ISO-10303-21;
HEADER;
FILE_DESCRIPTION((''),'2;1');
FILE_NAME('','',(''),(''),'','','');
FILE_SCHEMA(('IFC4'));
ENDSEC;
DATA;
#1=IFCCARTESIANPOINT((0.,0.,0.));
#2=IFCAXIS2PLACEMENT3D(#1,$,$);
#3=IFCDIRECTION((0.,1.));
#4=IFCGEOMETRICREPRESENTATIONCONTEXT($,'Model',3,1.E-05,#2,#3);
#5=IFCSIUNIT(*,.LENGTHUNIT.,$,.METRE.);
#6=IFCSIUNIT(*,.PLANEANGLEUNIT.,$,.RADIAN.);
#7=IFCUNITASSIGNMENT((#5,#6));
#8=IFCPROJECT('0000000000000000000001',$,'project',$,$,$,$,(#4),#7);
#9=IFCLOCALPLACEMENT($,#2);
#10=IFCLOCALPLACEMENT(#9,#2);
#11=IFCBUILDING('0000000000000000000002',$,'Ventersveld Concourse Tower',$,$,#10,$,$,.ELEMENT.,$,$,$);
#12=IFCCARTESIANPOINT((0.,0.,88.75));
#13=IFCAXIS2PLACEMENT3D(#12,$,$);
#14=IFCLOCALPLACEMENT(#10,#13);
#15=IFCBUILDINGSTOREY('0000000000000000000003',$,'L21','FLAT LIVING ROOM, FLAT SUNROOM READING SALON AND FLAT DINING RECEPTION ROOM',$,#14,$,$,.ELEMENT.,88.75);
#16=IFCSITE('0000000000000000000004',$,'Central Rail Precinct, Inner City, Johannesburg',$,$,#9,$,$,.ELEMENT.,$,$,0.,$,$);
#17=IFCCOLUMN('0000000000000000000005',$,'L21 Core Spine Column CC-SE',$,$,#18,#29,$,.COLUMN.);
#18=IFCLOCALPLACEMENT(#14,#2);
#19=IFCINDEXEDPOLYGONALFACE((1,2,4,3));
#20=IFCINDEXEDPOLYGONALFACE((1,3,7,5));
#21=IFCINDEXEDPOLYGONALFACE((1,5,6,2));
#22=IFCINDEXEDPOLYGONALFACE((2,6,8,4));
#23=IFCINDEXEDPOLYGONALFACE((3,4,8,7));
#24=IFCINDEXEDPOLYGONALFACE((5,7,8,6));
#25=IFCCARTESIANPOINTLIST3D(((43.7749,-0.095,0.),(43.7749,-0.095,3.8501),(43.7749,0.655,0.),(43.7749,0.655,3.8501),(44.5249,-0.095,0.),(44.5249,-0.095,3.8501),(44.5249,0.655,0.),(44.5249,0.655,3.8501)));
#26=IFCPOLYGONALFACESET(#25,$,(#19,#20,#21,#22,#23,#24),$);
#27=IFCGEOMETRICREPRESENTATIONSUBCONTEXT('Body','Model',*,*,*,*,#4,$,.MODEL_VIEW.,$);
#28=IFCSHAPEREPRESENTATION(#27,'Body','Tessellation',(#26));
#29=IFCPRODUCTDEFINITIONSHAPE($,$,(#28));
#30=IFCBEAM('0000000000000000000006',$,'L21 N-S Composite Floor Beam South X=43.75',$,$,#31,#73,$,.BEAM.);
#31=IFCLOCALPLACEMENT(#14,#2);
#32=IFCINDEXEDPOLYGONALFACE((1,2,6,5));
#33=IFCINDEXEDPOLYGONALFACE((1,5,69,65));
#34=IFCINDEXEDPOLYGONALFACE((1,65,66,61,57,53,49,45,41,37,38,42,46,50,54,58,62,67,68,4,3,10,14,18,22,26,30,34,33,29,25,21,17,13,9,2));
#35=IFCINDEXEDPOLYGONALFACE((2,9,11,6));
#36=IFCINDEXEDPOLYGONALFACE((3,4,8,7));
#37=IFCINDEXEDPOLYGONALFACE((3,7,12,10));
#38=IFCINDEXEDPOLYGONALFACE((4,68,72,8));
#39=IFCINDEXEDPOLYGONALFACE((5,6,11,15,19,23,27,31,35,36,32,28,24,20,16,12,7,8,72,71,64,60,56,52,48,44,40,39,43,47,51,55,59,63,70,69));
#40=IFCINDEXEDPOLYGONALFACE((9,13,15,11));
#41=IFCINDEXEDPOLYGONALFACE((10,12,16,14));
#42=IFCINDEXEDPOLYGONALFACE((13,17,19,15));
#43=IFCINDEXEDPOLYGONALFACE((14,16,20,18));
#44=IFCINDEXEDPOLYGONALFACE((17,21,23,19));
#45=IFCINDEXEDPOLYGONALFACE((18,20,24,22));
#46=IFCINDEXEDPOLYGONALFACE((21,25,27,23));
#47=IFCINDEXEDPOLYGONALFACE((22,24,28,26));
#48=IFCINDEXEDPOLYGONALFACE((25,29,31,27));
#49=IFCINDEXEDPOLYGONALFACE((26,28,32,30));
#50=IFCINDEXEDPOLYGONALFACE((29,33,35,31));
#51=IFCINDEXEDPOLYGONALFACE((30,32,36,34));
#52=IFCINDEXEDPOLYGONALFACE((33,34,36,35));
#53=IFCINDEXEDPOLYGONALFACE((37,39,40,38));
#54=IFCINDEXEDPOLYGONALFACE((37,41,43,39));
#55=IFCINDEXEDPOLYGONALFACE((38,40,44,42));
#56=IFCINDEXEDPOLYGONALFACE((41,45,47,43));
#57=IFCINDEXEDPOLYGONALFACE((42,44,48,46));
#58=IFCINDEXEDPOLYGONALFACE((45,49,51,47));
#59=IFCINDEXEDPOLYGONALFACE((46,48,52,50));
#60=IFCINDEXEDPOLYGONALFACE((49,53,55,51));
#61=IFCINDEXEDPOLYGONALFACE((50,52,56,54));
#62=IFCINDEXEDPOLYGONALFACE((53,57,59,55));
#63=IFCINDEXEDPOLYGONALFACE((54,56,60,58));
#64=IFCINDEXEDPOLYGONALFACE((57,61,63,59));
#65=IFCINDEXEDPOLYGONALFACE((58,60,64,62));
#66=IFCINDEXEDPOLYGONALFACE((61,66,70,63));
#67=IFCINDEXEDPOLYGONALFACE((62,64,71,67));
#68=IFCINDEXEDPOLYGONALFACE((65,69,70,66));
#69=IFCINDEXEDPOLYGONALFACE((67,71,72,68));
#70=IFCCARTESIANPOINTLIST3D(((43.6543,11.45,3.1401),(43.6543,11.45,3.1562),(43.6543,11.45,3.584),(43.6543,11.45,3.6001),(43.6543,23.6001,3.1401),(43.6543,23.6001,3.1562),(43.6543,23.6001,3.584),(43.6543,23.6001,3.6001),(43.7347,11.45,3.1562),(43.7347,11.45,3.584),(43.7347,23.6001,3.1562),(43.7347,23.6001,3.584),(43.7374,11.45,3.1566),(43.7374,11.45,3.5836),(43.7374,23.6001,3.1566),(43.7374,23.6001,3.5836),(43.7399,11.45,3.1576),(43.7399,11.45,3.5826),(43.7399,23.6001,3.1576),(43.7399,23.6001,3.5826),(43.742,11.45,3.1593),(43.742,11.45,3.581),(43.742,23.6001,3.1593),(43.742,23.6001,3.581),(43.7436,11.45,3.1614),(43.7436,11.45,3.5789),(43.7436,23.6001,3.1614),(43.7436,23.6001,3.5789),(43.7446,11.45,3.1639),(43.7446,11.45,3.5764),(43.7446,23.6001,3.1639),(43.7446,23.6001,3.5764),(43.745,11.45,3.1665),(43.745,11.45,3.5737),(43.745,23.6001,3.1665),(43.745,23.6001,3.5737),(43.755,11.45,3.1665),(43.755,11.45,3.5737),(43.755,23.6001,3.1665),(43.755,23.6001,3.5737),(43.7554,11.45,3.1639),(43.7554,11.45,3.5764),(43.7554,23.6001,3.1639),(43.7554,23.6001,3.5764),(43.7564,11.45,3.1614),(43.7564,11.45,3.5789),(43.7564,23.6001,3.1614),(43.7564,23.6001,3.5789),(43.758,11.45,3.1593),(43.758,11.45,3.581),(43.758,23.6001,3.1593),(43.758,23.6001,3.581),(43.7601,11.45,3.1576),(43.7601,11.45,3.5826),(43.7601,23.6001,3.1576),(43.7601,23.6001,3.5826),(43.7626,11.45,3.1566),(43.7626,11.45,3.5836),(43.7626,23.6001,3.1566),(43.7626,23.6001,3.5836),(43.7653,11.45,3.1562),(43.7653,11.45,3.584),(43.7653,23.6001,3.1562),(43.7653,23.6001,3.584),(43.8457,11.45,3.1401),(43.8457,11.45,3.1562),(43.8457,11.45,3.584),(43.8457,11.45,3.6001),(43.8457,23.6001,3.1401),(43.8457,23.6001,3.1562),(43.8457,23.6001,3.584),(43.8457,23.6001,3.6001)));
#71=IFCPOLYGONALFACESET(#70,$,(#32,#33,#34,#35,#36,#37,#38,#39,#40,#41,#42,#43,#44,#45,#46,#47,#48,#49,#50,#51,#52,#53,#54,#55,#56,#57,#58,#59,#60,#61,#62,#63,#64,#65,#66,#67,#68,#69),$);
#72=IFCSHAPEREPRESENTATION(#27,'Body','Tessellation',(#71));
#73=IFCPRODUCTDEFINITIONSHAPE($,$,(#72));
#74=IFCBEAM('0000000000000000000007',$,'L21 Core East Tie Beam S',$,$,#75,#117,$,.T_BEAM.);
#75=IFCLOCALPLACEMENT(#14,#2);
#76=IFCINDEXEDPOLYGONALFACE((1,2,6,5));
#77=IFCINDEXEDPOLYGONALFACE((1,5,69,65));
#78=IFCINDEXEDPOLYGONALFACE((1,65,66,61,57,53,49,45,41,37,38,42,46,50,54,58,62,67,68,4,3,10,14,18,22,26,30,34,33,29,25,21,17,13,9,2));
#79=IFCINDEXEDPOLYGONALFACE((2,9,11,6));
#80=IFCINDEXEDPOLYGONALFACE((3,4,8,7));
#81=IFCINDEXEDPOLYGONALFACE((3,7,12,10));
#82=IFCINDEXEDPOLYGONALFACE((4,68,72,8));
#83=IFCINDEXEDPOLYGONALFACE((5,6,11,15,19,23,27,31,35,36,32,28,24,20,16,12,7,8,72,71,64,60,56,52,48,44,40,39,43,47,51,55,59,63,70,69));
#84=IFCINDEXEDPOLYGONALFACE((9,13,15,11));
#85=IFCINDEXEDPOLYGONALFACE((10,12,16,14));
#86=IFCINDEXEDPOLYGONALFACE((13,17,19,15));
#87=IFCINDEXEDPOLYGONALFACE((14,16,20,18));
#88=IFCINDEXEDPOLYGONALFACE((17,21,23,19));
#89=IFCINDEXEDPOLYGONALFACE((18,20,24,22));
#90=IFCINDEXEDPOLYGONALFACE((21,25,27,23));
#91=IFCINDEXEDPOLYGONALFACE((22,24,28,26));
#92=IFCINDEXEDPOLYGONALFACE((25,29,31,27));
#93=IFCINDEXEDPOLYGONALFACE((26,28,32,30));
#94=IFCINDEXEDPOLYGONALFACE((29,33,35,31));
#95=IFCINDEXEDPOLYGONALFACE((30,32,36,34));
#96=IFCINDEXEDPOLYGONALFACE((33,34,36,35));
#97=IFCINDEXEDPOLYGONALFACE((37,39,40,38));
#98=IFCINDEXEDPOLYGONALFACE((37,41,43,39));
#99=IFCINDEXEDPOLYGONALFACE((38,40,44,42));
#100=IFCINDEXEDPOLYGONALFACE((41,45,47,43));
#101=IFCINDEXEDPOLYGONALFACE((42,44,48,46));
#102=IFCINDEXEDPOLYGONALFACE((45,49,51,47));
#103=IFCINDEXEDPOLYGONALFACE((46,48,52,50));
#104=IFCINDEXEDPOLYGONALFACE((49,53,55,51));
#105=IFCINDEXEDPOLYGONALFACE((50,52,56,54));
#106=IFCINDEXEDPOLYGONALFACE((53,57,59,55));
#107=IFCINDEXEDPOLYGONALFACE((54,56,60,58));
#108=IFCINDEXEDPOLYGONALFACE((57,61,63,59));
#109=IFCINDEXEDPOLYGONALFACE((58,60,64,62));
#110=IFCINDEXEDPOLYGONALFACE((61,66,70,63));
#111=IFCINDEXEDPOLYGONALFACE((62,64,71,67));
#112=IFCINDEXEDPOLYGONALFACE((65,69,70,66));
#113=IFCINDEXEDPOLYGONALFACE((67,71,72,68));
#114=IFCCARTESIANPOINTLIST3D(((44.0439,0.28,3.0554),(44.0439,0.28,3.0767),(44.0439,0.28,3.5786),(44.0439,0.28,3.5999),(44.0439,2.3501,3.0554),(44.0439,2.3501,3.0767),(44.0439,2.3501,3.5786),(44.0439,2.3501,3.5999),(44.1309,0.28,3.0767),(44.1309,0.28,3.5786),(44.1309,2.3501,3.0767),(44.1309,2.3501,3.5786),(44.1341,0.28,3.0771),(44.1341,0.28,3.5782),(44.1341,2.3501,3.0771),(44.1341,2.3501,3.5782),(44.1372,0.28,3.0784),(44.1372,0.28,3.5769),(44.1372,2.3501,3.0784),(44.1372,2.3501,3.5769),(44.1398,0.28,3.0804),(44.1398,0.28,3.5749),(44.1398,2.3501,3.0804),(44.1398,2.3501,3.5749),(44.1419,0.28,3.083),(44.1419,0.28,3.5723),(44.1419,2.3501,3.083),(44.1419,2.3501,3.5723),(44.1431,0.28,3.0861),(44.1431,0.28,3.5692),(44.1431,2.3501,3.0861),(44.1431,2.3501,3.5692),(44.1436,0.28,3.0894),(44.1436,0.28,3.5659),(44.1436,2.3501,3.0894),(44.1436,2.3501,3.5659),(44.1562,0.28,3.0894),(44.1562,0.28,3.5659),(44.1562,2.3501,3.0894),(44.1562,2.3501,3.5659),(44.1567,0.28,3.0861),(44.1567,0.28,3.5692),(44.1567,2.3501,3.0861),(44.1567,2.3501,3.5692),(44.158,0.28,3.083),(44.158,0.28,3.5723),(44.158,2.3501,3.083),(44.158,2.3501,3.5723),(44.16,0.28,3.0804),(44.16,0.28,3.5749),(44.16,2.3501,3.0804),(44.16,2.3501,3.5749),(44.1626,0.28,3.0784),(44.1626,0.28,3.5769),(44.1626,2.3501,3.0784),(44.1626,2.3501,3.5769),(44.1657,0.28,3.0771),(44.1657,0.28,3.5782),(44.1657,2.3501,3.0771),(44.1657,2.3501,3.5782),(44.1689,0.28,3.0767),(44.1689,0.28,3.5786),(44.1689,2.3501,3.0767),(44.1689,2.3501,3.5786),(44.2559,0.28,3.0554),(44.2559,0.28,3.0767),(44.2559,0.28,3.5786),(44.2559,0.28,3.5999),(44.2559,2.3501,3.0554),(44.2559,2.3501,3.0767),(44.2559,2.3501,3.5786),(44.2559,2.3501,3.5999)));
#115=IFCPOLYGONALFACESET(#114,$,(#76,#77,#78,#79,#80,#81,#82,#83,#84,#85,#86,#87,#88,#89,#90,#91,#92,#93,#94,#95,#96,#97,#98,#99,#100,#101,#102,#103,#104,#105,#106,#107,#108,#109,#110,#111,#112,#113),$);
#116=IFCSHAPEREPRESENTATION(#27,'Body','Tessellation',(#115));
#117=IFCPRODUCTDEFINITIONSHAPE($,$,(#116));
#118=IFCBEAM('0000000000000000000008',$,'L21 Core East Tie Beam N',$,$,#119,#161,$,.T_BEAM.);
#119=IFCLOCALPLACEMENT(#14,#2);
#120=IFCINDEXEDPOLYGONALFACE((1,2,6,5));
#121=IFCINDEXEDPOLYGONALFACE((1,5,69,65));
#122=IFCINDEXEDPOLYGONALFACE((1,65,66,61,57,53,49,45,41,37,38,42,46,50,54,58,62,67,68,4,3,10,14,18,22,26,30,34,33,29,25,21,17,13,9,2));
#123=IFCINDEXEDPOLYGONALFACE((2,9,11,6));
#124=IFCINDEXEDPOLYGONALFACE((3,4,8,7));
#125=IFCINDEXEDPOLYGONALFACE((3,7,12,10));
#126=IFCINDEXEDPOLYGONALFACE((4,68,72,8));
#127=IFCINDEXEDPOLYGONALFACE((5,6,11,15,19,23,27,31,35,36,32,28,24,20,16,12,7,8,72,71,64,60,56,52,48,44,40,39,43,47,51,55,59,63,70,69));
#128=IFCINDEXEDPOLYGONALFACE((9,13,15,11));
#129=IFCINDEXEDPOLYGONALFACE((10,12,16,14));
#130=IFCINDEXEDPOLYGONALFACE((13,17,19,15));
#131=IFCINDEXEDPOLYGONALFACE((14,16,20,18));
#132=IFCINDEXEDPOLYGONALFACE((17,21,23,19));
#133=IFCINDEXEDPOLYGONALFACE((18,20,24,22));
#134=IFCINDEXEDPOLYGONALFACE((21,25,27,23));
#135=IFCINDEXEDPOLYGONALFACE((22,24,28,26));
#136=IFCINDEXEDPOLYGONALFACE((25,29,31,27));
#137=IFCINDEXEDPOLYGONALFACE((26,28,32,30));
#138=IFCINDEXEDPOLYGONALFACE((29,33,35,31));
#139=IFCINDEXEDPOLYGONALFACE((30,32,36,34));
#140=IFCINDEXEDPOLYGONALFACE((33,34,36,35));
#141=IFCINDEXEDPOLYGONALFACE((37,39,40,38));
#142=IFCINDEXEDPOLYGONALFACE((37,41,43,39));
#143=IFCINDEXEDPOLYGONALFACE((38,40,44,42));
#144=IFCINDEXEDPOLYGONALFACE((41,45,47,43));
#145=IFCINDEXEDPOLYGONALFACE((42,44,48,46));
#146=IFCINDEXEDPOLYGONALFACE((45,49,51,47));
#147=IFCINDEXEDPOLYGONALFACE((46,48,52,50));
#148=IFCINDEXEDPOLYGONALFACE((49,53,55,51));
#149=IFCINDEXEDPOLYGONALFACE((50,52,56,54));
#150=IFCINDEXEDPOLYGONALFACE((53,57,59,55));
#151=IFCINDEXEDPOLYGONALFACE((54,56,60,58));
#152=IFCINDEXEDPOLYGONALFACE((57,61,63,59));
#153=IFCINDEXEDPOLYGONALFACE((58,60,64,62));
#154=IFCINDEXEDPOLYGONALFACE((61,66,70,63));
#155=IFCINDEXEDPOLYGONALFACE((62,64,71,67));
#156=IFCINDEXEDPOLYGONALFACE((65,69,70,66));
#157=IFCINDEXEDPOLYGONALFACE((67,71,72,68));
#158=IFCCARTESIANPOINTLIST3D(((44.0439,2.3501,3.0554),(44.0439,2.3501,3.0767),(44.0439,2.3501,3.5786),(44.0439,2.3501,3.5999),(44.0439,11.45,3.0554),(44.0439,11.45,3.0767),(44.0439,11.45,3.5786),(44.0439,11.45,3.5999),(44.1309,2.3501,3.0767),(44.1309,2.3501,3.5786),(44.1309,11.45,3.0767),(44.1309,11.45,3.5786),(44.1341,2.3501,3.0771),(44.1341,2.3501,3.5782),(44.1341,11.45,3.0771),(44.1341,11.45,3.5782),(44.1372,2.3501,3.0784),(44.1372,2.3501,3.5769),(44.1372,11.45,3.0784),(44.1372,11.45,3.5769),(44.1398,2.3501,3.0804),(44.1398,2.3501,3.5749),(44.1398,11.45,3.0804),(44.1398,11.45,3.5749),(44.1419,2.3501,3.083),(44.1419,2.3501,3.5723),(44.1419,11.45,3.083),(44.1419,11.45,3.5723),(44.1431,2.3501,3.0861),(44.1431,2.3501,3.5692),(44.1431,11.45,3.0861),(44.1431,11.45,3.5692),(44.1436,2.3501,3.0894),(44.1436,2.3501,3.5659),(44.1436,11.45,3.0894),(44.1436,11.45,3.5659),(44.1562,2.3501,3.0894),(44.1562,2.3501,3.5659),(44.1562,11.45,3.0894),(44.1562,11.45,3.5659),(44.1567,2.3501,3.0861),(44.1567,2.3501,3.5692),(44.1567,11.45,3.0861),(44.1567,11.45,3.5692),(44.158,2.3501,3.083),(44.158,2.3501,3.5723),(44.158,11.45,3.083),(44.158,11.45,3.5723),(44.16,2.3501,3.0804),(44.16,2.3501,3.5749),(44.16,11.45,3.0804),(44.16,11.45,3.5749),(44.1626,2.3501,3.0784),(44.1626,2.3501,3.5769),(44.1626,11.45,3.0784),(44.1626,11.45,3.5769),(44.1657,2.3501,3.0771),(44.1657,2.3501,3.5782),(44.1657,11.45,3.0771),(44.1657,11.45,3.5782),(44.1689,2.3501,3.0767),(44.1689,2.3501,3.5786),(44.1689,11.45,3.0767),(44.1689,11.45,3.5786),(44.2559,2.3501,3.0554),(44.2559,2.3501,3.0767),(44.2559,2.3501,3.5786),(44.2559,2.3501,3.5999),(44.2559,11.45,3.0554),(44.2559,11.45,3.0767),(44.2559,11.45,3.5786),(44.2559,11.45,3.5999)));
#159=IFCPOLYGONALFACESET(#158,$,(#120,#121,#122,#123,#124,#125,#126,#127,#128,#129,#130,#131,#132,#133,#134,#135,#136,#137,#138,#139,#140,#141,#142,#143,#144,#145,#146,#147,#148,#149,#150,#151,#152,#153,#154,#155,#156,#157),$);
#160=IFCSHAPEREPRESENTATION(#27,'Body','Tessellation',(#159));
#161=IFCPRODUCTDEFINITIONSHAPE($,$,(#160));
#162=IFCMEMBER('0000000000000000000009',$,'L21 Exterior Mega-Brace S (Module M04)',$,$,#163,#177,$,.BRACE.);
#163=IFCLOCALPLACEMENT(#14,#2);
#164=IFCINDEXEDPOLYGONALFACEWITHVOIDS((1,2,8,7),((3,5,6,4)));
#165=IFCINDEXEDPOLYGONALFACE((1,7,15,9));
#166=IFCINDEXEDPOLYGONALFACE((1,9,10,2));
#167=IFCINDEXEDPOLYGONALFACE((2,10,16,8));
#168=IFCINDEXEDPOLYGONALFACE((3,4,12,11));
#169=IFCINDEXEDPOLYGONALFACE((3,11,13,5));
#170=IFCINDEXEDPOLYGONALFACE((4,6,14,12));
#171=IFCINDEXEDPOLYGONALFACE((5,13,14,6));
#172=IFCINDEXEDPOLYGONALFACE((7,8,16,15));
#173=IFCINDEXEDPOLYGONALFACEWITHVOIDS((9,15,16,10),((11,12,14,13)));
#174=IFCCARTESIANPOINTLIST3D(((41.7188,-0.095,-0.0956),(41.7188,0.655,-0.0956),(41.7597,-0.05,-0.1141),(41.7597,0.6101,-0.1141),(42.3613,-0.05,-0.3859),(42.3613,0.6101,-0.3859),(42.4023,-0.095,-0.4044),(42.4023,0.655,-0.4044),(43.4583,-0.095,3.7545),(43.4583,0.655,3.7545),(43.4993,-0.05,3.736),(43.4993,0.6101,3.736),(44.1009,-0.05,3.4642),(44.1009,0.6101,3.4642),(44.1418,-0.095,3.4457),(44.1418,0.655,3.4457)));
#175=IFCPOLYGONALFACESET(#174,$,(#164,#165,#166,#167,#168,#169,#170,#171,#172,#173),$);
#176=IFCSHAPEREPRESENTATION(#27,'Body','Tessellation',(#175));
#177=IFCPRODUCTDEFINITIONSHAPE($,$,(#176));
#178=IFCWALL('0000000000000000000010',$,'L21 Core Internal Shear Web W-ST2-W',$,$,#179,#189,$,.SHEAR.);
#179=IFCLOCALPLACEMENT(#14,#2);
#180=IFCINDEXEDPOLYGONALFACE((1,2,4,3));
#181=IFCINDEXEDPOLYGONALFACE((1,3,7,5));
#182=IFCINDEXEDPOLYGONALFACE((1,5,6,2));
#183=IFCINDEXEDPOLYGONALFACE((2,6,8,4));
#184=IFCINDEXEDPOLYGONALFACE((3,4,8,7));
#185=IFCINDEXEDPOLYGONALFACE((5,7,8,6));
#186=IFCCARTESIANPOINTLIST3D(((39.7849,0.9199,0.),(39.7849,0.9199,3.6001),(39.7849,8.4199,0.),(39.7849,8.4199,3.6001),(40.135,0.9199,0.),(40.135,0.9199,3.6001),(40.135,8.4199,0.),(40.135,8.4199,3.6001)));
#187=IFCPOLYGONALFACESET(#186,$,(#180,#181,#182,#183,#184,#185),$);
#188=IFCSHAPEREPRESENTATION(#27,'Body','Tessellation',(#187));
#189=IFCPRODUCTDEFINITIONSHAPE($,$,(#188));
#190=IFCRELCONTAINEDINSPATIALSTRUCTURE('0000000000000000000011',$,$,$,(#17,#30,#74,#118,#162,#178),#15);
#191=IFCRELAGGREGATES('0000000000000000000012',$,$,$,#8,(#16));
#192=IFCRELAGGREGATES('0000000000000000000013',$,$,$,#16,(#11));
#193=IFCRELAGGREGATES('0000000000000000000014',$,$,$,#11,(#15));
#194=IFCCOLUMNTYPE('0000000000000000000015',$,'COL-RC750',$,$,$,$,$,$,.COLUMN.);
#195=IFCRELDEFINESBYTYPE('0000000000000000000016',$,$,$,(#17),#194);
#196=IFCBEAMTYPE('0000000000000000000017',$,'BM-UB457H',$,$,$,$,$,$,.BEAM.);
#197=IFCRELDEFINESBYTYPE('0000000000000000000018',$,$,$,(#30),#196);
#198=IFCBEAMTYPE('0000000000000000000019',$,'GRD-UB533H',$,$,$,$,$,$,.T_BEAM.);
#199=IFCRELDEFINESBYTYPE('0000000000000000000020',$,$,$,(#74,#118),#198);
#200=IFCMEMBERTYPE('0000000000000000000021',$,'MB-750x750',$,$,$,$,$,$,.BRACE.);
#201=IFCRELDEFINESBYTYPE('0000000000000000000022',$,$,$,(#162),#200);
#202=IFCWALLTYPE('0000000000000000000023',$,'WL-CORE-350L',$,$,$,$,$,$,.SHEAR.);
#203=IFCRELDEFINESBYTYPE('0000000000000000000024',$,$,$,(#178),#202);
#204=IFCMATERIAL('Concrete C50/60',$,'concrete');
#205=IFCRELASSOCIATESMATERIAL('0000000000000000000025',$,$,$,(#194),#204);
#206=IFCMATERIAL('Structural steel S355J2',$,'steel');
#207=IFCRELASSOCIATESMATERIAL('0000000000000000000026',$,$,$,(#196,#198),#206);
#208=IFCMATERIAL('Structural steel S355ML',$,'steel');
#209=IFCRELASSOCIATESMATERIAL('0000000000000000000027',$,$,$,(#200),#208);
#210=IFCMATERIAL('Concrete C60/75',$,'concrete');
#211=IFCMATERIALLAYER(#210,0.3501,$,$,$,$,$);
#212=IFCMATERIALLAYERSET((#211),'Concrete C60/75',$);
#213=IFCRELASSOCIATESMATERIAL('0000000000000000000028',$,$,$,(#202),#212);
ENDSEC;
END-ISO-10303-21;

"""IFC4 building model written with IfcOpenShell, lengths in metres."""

from ifc_helpers import new_model, si_unit, direction, frame, frame_2d, origin, origin_2d, place, context, subcontext, project, spatial, rectangle, hollow_rectangle, i_section, extrude, material, layer, layer_set, material_profile, profile_set, type_object, element, save


model = new_model("IFC4")

# Units and contexts
model_context = context("Model", 3, precision=1e-05, world=origin(), true_north=direction((0.0, 1.0)))
body_context = subcontext(model_context, "Body", "Model", "MODEL_VIEW")
ifc_project = project(units=[si_unit("LENGTHUNIT", "METRE"), si_unit("PLANEANGLEUNIT", "RADIAN")], contexts=[model_context])

# Site, building, storey
site_placement = place(None, origin())
site = spatial("IfcSite", under=ifc_project, at=site_placement, Name="Central Rail Precinct, Inner City, Johannesburg", CompositionType="ELEMENT", RefElevation=0.0)
building_placement = place(site_placement, origin())
building = spatial("IfcBuilding", under=site, at=building_placement, Name="Ventersveld Concourse Tower", CompositionType="ELEMENT")
storey_placement = place(building_placement, frame((0.0, 0.0, 88.75)))
storey = spatial("IfcBuildingStorey", under=building, at=storey_placement, Name="L21", Description="FLAT LIVING ROOM, FLAT SUNROOM READING SALON AND FLAT DINING RECEPTION ROOM", CompositionType="ELEMENT", Elevation=88.75)

# Column
ifc_material_1 = material(Name="Concrete C50/60", Category="concrete")
ifc_material_profile_1 = material_profile(ifc_material_1, rectangle(XDim=0.75, YDim=0.75, at=origin_2d()), Name="RC 750x750")
ifc_profile_set_1 = profile_set([ifc_material_profile_1], Name="Concrete C50/60")
column_type = type_object("IfcColumnType", Name="COL-RC750", PredefinedType="COLUMN", material=ifc_profile_set_1)
column_placement = place(storey_placement, frame((44.1499, 0.28, 0.0), z_axis=(0.0, 0.0, 1.0), x_axis=(1.0, 0.0, 0.0)))
element("IfcColumn", 1, at=column_placement, inside=storey, type_object=column_type, Name="L21 Core Spine Column CC-SE", PredefinedType="COLUMN", context=body_context, shape_type="SweptSolid", body=[
    extrude(rectangle(XDim=0.75, YDim=0.75, at=origin_2d()), origin(), (0.0, 0.0, 1.0), 3.8501),
])

# Beams
ifc_material_2 = material(Name="Structural steel S355J2", Category="steel")
ifc_material_profile_2 = material_profile(ifc_material_2, i_section(OverallWidth=0.1914, OverallDepth=0.46, WebThickness=0.01, FlangeThickness=0.0161, FilletRadius=0.0103, at=origin_2d()), Name="UB 457x191x82")
ifc_profile_set_2 = profile_set([ifc_material_profile_2], Name="Structural steel S355J2")
beam_type_1 = type_object("IfcBeamType", Name="BM-UB457H", PredefinedType="BEAM", material=ifc_profile_set_2)
beam_1_placement = place(storey_placement, frame((43.75, 11.45, 3.3701), z_axis=(0.0, 1.0, 0.0), x_axis=(-1.0, 0.0, 0.0)))
element("IfcBeam", 2, at=beam_1_placement, inside=storey, type_object=beam_type_1, Name="L21 N-S Composite Floor Beam South X=43.75", PredefinedType="BEAM", context=body_context, shape_type="SweptSolid", body=[
    extrude(i_section(OverallWidth=0.1914, OverallDepth=0.46, WebThickness=0.01, FlangeThickness=0.0161, FilletRadius=0.0103, at=origin_2d()), origin(), (0.0, 0.0, 1.0), 12.1501),
])
ifc_material_profile_3 = material_profile(ifc_material_2, i_section(OverallWidth=0.2119, OverallDepth=0.5444, WebThickness=0.0127, FlangeThickness=0.0212, FilletRadius=0.0127, at=origin_2d()), Name="UB 533x210x122")
ifc_profile_set_3 = profile_set([ifc_material_profile_3], Name="Structural steel S355J2")
beam_type_2 = type_object("IfcBeamType", Name="GRD-UB533H", PredefinedType="T_BEAM", material=ifc_profile_set_3)
beam_2_placement = place(storey_placement, frame((44.1499, 0.28, 3.3276), z_axis=(0.0, 1.0, 0.0), x_axis=(-1.0, 0.0, 0.0)))
element("IfcBeam", 3, at=beam_2_placement, inside=storey, type_object=beam_type_2, Name="L21 Core East Tie Beam S", PredefinedType="T_BEAM", context=body_context, shape_type="SweptSolid", body=[
    extrude(i_section(OverallWidth=0.2119, OverallDepth=0.5444, WebThickness=0.0127, FlangeThickness=0.0212, FilletRadius=0.0127, at=origin_2d()), origin(), (0.0, 0.0, 1.0), 2.0701),
])
beam_3_placement = place(storey_placement, frame((44.1499, 2.3501, 3.3276), z_axis=(0.0, 1.0, 0.0), x_axis=(-1.0, 0.0, 0.0)))
element("IfcBeam", 4, at=beam_3_placement, inside=storey, type_object=beam_type_2, Name="L21 Core East Tie Beam N", PredefinedType="T_BEAM", context=body_context, shape_type="SweptSolid", body=[
    extrude(i_section(OverallWidth=0.2119, OverallDepth=0.5444, WebThickness=0.0127, FlangeThickness=0.0212, FilletRadius=0.0127, at=origin_2d()), origin(), (0.0, 0.0, 1.0), 9.0999),
])

# Member
ifc_material_3 = material(Name="Structural steel S355ML", Category="steel")
ifc_material_profile_4 = material_profile(ifc_material_3, hollow_rectangle(XDim=0.75, YDim=0.75, WallThickness=0.0449, at=origin_2d()), Name="BOX 750x750x45")
ifc_profile_set_4 = profile_set([ifc_material_profile_4], Name="Structural steel S355ML")
member_type = type_object("IfcMemberType", Name="MB-750x750", PredefinedType="BRACE", material=ifc_profile_set_4)
member_placement = place(storey_placement, frame((42.0605, 0.28, -0.25), z_axis=(0.411734, 0.0, 0.911304), x_axis=(0.0, 1.0, 0.0)))
element("IfcMember", 5, at=member_placement, inside=storey, type_object=member_type, Name="L21 Exterior Mega-Brace S (Module M04)", PredefinedType="BRACE", context=body_context, shape_type="SweptSolid", body=[
    extrude(hollow_rectangle(XDim=0.75, YDim=0.75, WallThickness=0.0449, at=origin_2d()), origin(), (0.0, 0.0, 1.0), 4.2249),
])

# Wall
ifc_material_4 = material(Name="Concrete C60/75", Category="concrete")
ifc_layer_1 = layer(ifc_material_4, 0.3501)
ifc_layer_set_1 = layer_set([ifc_layer_1], Name="Concrete C60/75")
wall_type_1 = type_object("IfcWallType", Name="WL-CORE-350L", PredefinedType="SHEAR", material=ifc_layer_set_1)
wall_1_placement = place(storey_placement, frame((39.96, 0.9199, 0.0), z_axis=(0.0, 0.0, 1.0), x_axis=(0.0, 1.0, 0.0)))
element("IfcWall", 6, at=wall_1_placement, inside=storey, type_object=wall_type_1, Name="L21 Core Internal Shear Web W-ST2-W", PredefinedType="SHEAR", context=body_context, shape_type="SweptSolid", body=[
    extrude(rectangle(XDim=7.5, YDim=0.3501, at=frame_2d((3.75, 0.0))), origin(), (0.0, 0.0, 1.0), 3.6001),
])

save(model, "model.ifc")
